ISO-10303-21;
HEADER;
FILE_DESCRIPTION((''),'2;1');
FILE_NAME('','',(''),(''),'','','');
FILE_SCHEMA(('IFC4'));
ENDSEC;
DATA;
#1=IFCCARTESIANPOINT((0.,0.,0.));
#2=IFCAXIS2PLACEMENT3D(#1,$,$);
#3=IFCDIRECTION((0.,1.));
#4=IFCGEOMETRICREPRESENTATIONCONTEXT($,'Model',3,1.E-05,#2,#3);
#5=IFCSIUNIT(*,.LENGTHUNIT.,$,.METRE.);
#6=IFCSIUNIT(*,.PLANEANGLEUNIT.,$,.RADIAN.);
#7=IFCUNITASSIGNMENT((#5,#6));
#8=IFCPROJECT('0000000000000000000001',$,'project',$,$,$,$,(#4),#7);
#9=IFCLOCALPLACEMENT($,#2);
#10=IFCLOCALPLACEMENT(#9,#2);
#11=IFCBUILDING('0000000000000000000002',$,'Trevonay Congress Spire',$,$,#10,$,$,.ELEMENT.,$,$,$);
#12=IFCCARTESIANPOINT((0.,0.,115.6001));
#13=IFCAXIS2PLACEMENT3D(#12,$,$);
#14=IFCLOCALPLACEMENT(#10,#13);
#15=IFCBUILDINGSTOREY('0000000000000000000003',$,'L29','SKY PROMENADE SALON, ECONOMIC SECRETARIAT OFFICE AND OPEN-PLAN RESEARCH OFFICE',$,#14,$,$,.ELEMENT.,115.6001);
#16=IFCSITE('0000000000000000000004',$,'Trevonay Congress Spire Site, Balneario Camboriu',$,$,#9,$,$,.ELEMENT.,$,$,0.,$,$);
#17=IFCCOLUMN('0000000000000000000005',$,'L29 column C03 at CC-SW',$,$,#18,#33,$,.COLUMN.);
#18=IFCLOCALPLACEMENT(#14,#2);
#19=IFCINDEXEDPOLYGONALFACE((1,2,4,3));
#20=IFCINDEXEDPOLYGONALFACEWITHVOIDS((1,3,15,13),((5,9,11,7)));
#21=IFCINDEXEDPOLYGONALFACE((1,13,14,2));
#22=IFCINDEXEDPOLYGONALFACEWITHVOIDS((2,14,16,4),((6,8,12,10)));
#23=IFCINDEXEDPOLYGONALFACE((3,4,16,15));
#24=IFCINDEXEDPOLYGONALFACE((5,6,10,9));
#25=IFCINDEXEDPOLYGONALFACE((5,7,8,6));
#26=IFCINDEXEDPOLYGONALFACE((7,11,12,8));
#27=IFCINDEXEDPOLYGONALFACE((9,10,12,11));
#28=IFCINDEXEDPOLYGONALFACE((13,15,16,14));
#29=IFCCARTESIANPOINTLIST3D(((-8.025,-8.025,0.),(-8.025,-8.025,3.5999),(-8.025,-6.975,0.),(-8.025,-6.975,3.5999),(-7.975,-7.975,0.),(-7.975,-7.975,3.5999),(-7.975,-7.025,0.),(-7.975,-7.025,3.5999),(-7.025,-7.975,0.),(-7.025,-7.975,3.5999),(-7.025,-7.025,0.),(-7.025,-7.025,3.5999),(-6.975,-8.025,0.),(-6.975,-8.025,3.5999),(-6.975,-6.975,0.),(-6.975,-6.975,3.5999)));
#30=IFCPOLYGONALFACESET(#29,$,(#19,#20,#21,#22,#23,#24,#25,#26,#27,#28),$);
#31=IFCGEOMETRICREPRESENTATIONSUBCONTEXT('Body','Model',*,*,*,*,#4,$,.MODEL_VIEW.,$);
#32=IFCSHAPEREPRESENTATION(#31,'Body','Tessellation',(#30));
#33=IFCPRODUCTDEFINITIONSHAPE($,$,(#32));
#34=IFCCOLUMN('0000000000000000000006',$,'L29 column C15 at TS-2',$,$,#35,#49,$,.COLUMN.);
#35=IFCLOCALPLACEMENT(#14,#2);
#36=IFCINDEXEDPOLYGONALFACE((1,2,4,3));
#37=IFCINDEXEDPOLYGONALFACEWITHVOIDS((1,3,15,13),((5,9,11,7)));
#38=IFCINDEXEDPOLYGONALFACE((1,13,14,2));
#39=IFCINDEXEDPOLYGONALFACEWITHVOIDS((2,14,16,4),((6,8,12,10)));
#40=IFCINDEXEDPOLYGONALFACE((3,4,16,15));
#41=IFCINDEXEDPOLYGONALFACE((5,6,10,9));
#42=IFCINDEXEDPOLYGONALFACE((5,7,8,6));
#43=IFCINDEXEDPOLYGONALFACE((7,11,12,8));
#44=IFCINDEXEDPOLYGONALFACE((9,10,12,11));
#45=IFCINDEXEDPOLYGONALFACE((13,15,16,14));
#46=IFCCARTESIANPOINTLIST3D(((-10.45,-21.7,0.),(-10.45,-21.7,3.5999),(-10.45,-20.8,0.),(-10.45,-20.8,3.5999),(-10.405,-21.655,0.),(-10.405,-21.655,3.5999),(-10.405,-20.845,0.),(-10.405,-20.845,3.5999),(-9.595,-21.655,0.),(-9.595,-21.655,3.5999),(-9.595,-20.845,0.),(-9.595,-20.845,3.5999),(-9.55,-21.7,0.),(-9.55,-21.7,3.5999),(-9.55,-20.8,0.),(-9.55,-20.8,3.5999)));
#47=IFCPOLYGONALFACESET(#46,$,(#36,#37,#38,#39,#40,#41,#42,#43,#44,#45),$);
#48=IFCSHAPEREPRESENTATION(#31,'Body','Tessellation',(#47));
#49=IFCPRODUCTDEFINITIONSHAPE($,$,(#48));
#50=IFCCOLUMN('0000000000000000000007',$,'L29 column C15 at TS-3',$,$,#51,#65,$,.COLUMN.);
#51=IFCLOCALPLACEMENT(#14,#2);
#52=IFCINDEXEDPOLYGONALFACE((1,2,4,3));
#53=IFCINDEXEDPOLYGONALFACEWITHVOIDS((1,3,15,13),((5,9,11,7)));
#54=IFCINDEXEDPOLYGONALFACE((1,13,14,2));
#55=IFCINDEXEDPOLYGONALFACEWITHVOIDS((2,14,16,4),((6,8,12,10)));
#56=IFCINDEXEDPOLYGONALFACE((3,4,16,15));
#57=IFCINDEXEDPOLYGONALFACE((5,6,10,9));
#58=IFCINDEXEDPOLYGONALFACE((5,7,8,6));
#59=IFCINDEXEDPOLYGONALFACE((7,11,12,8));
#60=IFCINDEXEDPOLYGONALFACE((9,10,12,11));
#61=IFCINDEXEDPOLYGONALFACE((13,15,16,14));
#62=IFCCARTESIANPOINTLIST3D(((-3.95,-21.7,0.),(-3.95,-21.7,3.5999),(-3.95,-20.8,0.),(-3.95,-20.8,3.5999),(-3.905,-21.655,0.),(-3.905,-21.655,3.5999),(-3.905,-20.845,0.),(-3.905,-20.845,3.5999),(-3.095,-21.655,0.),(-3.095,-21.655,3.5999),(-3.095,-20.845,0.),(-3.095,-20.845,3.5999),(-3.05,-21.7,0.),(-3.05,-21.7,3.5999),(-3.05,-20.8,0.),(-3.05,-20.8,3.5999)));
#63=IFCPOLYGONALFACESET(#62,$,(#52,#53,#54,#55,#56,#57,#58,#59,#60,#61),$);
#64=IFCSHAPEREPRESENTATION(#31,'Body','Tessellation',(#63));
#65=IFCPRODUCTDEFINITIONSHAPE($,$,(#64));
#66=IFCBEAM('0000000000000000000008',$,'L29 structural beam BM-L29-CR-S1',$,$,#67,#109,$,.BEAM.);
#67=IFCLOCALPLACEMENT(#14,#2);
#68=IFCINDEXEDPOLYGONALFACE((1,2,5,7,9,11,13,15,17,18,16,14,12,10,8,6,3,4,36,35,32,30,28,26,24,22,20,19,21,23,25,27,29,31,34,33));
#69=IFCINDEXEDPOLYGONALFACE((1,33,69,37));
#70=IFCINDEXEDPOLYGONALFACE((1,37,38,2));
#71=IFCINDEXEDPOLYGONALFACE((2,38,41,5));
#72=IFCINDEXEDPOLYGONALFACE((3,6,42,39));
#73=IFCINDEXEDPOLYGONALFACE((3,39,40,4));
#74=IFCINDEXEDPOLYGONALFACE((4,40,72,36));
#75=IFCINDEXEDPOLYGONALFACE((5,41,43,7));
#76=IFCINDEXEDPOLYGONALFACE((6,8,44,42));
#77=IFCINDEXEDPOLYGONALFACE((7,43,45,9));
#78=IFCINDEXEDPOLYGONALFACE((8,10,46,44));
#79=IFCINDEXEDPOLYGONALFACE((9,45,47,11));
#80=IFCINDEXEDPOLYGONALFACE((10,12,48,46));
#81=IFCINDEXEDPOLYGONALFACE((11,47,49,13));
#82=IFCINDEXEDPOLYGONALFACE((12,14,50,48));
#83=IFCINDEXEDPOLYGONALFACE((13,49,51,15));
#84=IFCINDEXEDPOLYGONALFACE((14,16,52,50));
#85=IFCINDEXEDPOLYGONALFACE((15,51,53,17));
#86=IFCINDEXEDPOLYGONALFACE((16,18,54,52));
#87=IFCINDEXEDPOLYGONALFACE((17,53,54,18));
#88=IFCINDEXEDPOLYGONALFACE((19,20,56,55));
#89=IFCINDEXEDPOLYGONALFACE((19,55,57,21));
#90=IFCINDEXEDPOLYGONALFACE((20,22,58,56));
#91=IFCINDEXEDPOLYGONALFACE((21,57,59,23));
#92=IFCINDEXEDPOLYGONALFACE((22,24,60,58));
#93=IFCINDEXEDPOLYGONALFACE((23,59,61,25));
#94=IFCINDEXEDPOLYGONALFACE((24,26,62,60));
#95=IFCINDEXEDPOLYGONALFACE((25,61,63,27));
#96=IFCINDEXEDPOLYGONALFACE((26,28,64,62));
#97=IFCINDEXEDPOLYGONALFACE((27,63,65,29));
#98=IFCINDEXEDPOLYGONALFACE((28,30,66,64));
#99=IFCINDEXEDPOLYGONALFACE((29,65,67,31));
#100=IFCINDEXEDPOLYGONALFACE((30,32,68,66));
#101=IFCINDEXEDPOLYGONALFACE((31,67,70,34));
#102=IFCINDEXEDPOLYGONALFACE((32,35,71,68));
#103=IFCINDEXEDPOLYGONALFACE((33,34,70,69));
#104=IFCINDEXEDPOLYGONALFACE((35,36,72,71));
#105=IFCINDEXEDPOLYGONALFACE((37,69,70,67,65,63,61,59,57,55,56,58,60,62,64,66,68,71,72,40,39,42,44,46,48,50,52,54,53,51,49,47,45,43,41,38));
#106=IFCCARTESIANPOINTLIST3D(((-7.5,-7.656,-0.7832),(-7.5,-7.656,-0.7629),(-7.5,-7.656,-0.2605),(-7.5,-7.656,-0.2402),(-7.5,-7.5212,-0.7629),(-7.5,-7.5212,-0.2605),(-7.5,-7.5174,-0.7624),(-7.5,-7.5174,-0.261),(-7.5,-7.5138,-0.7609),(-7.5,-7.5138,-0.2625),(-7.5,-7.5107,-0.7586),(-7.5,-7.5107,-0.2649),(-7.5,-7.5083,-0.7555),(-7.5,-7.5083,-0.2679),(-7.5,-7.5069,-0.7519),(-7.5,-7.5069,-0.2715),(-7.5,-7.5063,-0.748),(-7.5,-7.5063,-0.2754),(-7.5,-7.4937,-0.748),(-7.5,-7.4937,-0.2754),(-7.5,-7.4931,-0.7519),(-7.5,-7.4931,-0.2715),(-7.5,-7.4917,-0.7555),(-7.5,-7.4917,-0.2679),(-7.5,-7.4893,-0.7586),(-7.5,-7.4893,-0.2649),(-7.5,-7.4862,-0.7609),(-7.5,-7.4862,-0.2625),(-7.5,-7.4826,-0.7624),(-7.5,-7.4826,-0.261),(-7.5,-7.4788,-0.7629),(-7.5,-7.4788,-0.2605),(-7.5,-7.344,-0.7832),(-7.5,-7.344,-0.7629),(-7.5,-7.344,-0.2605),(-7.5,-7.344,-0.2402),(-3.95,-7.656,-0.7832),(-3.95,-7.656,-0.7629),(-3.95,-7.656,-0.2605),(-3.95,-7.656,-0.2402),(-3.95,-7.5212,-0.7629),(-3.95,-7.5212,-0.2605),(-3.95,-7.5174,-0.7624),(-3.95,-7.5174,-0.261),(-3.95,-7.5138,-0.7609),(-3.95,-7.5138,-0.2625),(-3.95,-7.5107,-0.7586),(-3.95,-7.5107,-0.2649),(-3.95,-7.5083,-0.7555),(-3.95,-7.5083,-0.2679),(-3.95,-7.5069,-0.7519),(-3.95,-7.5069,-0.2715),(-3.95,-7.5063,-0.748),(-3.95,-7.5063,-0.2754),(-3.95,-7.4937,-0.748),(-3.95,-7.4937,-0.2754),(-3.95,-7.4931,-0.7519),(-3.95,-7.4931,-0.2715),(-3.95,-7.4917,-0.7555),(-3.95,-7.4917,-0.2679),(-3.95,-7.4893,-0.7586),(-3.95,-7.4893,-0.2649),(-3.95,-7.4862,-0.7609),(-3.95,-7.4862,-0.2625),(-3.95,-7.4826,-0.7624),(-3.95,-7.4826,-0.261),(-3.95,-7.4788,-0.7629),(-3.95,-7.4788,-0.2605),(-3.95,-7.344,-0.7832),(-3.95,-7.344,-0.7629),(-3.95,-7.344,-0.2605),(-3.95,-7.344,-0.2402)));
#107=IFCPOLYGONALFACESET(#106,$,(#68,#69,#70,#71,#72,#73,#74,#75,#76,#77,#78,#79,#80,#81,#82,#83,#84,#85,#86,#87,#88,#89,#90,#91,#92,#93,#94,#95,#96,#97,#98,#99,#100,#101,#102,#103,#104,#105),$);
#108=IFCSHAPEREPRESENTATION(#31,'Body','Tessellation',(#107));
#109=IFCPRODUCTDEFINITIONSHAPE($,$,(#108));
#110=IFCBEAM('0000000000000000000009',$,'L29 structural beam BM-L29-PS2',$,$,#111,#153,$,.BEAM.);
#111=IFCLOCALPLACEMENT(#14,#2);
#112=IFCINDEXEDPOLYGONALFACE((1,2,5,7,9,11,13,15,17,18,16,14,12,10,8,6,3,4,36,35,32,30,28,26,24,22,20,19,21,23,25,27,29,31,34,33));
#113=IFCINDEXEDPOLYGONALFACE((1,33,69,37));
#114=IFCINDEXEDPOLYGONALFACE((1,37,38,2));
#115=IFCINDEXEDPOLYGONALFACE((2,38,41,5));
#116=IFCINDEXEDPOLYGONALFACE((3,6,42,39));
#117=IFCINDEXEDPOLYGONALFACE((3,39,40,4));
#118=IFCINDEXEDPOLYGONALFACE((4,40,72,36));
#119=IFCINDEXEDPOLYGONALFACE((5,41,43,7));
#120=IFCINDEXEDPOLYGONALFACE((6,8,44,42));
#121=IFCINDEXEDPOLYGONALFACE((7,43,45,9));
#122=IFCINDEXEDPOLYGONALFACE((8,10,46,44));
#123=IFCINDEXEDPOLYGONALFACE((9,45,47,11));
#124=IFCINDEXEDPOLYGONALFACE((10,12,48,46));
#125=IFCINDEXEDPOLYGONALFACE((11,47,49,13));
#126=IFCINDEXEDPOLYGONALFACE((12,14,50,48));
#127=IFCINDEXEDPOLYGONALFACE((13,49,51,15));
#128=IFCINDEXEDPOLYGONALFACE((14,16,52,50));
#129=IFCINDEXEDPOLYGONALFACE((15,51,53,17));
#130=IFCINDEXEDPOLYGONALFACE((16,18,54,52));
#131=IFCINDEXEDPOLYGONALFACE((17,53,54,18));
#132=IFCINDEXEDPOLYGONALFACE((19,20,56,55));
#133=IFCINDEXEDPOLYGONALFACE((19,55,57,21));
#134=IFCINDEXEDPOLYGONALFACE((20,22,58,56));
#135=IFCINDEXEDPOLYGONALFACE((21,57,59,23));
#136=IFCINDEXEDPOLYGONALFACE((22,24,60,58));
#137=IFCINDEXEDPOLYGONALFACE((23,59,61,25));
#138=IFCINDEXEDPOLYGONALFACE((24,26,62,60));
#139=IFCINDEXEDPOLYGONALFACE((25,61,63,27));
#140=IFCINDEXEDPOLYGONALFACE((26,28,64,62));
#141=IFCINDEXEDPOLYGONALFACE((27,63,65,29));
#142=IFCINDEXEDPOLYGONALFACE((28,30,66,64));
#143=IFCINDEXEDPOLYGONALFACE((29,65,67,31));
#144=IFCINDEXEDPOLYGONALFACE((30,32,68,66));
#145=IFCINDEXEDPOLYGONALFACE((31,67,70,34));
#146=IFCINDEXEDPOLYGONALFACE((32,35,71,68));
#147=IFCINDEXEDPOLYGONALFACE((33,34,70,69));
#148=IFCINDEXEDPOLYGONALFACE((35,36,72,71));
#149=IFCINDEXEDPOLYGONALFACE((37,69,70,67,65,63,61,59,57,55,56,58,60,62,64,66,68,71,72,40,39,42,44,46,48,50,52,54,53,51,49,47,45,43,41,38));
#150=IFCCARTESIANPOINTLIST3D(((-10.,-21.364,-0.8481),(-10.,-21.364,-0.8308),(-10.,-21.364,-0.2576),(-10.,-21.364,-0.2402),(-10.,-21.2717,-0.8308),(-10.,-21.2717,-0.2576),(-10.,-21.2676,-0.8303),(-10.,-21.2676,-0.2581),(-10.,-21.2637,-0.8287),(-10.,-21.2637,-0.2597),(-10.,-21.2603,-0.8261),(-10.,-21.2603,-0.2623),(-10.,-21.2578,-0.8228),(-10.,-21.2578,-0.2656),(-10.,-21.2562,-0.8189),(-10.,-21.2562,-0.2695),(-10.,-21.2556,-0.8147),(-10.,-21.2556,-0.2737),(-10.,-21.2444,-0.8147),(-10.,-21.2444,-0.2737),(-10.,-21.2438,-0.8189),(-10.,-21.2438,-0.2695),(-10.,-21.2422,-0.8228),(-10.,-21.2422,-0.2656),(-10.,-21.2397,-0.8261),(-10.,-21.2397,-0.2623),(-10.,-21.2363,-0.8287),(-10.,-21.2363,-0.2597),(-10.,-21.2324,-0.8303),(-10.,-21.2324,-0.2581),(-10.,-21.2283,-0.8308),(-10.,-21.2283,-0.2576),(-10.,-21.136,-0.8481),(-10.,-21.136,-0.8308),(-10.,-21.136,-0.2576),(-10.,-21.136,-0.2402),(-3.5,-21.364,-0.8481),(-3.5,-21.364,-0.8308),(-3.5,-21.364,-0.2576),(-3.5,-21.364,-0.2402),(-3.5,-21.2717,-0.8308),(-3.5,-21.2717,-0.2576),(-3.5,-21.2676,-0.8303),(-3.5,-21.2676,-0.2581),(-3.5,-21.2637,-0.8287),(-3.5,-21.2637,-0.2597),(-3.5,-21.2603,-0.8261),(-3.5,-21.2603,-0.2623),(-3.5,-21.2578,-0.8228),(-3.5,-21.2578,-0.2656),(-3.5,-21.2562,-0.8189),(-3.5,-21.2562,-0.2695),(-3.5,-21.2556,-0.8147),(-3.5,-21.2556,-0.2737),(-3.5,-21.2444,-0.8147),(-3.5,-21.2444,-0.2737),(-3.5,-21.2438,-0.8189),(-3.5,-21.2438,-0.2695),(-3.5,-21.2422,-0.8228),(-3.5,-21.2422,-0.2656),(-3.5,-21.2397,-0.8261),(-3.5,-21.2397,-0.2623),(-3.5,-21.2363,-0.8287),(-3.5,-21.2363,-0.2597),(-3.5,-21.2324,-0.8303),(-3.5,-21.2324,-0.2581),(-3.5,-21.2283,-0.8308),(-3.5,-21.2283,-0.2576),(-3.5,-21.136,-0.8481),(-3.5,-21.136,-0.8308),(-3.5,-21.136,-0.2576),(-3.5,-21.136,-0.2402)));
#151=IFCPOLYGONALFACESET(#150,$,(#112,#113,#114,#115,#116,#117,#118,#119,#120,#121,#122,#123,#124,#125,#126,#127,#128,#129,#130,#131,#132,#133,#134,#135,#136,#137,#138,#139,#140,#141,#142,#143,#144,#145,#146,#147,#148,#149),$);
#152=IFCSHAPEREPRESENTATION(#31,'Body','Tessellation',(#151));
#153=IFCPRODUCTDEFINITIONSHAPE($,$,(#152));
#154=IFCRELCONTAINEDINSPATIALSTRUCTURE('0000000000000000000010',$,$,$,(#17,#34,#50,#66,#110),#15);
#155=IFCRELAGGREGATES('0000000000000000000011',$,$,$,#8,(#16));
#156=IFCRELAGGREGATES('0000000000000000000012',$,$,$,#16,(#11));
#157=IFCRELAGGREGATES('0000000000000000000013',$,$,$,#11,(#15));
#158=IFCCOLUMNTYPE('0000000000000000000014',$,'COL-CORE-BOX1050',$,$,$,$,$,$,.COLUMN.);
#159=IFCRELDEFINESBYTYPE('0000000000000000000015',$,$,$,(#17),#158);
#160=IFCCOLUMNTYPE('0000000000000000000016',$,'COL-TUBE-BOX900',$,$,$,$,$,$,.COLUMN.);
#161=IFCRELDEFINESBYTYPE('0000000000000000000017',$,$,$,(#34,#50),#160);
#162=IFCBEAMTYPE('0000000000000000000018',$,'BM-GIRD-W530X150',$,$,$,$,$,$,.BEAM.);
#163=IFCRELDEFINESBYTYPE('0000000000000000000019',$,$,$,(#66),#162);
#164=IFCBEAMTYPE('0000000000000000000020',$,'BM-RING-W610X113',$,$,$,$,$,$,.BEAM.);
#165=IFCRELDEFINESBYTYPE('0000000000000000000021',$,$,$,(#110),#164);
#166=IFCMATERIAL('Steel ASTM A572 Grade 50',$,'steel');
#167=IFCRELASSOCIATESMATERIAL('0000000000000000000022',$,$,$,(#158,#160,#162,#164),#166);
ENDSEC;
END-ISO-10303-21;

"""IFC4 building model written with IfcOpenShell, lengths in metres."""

from ifc_helpers import new_model, si_unit, direction, frame, origin, origin_2d, place, context, subcontext, project, spatial, hollow_rectangle, i_section, extrude, material, material_profile, profile_set, type_object, element, save


model = new_model("IFC4")

# Units and contexts
model_context = context("Model", 3, precision=1e-05, world=origin(), true_north=direction((0.0, 1.0)))
body_context = subcontext(model_context, "Body", "Model", "MODEL_VIEW")
ifc_project = project(units=[si_unit("LENGTHUNIT", "METRE"), si_unit("PLANEANGLEUNIT", "RADIAN")], contexts=[model_context])

# Site, building, storey
site_placement = place(None, origin())
site = spatial("IfcSite", under=ifc_project, at=site_placement, Name="Trevonay Congress Spire Site, Balneario Camboriu", CompositionType="ELEMENT", RefElevation=0.0)
building_placement = place(site_placement, origin())
building = spatial("IfcBuilding", under=site, at=building_placement, Name="Trevonay Congress Spire", CompositionType="ELEMENT")
storey_placement = place(building_placement, frame((0.0, 0.0, 115.6001)))
storey = spatial("IfcBuildingStorey", under=building, at=storey_placement, Name="L29", Description="SKY PROMENADE SALON, ECONOMIC SECRETARIAT OFFICE AND OPEN-PLAN RESEARCH OFFICE", CompositionType="ELEMENT", Elevation=115.6001)

# Columns
ifc_material_1 = material(Name="Steel ASTM A572 Grade 50", Category="steel")
ifc_material_profile_1 = material_profile(ifc_material_1, hollow_rectangle(XDim=1.05, YDim=1.05, WallThickness=0.05, at=origin_2d()), Name="BOX 1050x1050x50")
ifc_profile_set_1 = profile_set([ifc_material_profile_1], Name="Steel ASTM A572 Grade 50")
column_type_1 = type_object("IfcColumnType", Name="COL-CORE-BOX1050", PredefinedType="COLUMN", material=ifc_profile_set_1)
column_placement = place(storey_placement, frame((-7.5, -7.5, 0.0), z_axis=(0.0, 0.0, 1.0), x_axis=(1.0, 0.0, 0.0)))
element("IfcColumn", 1, at=column_placement, inside=storey, type_object=column_type_1, Name="L29 column C03 at CC-SW", PredefinedType="COLUMN", context=body_context, shape_type="SweptSolid", body=[
    extrude(hollow_rectangle(XDim=1.05, YDim=1.05, WallThickness=0.05, at=origin_2d()), origin(), (0.0, 0.0, 1.0), 3.5999),
])
ifc_material_profile_2 = material_profile(ifc_material_1, hollow_rectangle(XDim=0.8999, YDim=0.8999, WallThickness=0.0449, at=origin_2d()), Name="BOX 900x900x45")
ifc_profile_set_2 = profile_set([ifc_material_profile_2], Name="Steel ASTM A572 Grade 50")
column_type_2 = type_object("IfcColumnType", Name="COL-TUBE-BOX900", PredefinedType="COLUMN", material=ifc_profile_set_2)
for number, where, z_axis, x_axis, name in (
    (2, (-10.0, -21.25, 0.0), (0.0, 0.0, 1.0), (1.0, 0.0, 0.0), "L29 column C15 at TS-2"),
    (3, (-3.5, -21.25, 0.0), (0.0, 0.0, 1.0), (1.0, 0.0, 0.0), "L29 column C15 at TS-3"),
):
    element("IfcColumn", number, at=place(storey_placement, frame(where, z_axis=z_axis, x_axis=x_axis)), inside=storey, type_object=column_type_2, Name=name, PredefinedType="COLUMN", context=body_context, shape_type="SweptSolid", body=[
        extrude(hollow_rectangle(XDim=0.8999, YDim=0.8999, WallThickness=0.0449, at=origin_2d()), origin(), (0.0, 0.0, 1.0), 3.5999),
    ])

# Beams
ifc_material_profile_3 = material_profile(ifc_material_1, i_section(OverallWidth=0.312, OverallDepth=0.543, WebThickness=0.0127, FlangeThickness=0.0203, FilletRadius=0.0149, at=origin_2d()), Name="W530x150")
ifc_profile_set_3 = profile_set([ifc_material_profile_3], Name="Steel ASTM A572 Grade 50")
beam_type_1 = type_object("IfcBeamType", Name="BM-GIRD-W530X150", PredefinedType="BEAM", material=ifc_profile_set_3)
beam_1_placement = place(storey_placement, frame((-7.5, -7.5, -0.5117), z_axis=(1.0, 0.0, 0.0), x_axis=(0.0, 1.0, 0.0)))
element("IfcBeam", 4, at=beam_1_placement, inside=storey, type_object=beam_type_1, Name="L29 structural beam BM-L29-CR-S1", PredefinedType="BEAM", context=body_context, shape_type="SweptSolid", body=[
    extrude(i_section(OverallWidth=0.312, OverallDepth=0.543, WebThickness=0.0127, FlangeThickness=0.0203, FilletRadius=0.0149, at=origin_2d()), origin(), (0.0, 0.0, 1.0), 3.55),
])
ifc_material_profile_4 = material_profile(ifc_material_1, i_section(OverallWidth=0.228, OverallDepth=0.6079, WebThickness=0.0112, FlangeThickness=0.0173, FilletRadius=0.0161, at=origin_2d()), Name="W610x113")
ifc_profile_set_4 = profile_set([ifc_material_profile_4], Name="Steel ASTM A572 Grade 50")
beam_type_2 = type_object("IfcBeamType", Name="BM-RING-W610X113", PredefinedType="BEAM", material=ifc_profile_set_4)
beam_2_placement = place(storey_placement, frame((-10.0, -21.25, -0.5442), z_axis=(1.0, 0.0, 0.0), x_axis=(0.0, 1.0, 0.0)))
element("IfcBeam", 5, at=beam_2_placement, inside=storey, type_object=beam_type_2, Name="L29 structural beam BM-L29-PS2", PredefinedType="BEAM", context=body_context, shape_type="SweptSolid", body=[
    extrude(i_section(OverallWidth=0.228, OverallDepth=0.6079, WebThickness=0.0112, FlangeThickness=0.0173, FilletRadius=0.0161, at=origin_2d()), origin(), (0.0, 0.0, 1.0), 6.5),
])

save(model, "model.ifc")
